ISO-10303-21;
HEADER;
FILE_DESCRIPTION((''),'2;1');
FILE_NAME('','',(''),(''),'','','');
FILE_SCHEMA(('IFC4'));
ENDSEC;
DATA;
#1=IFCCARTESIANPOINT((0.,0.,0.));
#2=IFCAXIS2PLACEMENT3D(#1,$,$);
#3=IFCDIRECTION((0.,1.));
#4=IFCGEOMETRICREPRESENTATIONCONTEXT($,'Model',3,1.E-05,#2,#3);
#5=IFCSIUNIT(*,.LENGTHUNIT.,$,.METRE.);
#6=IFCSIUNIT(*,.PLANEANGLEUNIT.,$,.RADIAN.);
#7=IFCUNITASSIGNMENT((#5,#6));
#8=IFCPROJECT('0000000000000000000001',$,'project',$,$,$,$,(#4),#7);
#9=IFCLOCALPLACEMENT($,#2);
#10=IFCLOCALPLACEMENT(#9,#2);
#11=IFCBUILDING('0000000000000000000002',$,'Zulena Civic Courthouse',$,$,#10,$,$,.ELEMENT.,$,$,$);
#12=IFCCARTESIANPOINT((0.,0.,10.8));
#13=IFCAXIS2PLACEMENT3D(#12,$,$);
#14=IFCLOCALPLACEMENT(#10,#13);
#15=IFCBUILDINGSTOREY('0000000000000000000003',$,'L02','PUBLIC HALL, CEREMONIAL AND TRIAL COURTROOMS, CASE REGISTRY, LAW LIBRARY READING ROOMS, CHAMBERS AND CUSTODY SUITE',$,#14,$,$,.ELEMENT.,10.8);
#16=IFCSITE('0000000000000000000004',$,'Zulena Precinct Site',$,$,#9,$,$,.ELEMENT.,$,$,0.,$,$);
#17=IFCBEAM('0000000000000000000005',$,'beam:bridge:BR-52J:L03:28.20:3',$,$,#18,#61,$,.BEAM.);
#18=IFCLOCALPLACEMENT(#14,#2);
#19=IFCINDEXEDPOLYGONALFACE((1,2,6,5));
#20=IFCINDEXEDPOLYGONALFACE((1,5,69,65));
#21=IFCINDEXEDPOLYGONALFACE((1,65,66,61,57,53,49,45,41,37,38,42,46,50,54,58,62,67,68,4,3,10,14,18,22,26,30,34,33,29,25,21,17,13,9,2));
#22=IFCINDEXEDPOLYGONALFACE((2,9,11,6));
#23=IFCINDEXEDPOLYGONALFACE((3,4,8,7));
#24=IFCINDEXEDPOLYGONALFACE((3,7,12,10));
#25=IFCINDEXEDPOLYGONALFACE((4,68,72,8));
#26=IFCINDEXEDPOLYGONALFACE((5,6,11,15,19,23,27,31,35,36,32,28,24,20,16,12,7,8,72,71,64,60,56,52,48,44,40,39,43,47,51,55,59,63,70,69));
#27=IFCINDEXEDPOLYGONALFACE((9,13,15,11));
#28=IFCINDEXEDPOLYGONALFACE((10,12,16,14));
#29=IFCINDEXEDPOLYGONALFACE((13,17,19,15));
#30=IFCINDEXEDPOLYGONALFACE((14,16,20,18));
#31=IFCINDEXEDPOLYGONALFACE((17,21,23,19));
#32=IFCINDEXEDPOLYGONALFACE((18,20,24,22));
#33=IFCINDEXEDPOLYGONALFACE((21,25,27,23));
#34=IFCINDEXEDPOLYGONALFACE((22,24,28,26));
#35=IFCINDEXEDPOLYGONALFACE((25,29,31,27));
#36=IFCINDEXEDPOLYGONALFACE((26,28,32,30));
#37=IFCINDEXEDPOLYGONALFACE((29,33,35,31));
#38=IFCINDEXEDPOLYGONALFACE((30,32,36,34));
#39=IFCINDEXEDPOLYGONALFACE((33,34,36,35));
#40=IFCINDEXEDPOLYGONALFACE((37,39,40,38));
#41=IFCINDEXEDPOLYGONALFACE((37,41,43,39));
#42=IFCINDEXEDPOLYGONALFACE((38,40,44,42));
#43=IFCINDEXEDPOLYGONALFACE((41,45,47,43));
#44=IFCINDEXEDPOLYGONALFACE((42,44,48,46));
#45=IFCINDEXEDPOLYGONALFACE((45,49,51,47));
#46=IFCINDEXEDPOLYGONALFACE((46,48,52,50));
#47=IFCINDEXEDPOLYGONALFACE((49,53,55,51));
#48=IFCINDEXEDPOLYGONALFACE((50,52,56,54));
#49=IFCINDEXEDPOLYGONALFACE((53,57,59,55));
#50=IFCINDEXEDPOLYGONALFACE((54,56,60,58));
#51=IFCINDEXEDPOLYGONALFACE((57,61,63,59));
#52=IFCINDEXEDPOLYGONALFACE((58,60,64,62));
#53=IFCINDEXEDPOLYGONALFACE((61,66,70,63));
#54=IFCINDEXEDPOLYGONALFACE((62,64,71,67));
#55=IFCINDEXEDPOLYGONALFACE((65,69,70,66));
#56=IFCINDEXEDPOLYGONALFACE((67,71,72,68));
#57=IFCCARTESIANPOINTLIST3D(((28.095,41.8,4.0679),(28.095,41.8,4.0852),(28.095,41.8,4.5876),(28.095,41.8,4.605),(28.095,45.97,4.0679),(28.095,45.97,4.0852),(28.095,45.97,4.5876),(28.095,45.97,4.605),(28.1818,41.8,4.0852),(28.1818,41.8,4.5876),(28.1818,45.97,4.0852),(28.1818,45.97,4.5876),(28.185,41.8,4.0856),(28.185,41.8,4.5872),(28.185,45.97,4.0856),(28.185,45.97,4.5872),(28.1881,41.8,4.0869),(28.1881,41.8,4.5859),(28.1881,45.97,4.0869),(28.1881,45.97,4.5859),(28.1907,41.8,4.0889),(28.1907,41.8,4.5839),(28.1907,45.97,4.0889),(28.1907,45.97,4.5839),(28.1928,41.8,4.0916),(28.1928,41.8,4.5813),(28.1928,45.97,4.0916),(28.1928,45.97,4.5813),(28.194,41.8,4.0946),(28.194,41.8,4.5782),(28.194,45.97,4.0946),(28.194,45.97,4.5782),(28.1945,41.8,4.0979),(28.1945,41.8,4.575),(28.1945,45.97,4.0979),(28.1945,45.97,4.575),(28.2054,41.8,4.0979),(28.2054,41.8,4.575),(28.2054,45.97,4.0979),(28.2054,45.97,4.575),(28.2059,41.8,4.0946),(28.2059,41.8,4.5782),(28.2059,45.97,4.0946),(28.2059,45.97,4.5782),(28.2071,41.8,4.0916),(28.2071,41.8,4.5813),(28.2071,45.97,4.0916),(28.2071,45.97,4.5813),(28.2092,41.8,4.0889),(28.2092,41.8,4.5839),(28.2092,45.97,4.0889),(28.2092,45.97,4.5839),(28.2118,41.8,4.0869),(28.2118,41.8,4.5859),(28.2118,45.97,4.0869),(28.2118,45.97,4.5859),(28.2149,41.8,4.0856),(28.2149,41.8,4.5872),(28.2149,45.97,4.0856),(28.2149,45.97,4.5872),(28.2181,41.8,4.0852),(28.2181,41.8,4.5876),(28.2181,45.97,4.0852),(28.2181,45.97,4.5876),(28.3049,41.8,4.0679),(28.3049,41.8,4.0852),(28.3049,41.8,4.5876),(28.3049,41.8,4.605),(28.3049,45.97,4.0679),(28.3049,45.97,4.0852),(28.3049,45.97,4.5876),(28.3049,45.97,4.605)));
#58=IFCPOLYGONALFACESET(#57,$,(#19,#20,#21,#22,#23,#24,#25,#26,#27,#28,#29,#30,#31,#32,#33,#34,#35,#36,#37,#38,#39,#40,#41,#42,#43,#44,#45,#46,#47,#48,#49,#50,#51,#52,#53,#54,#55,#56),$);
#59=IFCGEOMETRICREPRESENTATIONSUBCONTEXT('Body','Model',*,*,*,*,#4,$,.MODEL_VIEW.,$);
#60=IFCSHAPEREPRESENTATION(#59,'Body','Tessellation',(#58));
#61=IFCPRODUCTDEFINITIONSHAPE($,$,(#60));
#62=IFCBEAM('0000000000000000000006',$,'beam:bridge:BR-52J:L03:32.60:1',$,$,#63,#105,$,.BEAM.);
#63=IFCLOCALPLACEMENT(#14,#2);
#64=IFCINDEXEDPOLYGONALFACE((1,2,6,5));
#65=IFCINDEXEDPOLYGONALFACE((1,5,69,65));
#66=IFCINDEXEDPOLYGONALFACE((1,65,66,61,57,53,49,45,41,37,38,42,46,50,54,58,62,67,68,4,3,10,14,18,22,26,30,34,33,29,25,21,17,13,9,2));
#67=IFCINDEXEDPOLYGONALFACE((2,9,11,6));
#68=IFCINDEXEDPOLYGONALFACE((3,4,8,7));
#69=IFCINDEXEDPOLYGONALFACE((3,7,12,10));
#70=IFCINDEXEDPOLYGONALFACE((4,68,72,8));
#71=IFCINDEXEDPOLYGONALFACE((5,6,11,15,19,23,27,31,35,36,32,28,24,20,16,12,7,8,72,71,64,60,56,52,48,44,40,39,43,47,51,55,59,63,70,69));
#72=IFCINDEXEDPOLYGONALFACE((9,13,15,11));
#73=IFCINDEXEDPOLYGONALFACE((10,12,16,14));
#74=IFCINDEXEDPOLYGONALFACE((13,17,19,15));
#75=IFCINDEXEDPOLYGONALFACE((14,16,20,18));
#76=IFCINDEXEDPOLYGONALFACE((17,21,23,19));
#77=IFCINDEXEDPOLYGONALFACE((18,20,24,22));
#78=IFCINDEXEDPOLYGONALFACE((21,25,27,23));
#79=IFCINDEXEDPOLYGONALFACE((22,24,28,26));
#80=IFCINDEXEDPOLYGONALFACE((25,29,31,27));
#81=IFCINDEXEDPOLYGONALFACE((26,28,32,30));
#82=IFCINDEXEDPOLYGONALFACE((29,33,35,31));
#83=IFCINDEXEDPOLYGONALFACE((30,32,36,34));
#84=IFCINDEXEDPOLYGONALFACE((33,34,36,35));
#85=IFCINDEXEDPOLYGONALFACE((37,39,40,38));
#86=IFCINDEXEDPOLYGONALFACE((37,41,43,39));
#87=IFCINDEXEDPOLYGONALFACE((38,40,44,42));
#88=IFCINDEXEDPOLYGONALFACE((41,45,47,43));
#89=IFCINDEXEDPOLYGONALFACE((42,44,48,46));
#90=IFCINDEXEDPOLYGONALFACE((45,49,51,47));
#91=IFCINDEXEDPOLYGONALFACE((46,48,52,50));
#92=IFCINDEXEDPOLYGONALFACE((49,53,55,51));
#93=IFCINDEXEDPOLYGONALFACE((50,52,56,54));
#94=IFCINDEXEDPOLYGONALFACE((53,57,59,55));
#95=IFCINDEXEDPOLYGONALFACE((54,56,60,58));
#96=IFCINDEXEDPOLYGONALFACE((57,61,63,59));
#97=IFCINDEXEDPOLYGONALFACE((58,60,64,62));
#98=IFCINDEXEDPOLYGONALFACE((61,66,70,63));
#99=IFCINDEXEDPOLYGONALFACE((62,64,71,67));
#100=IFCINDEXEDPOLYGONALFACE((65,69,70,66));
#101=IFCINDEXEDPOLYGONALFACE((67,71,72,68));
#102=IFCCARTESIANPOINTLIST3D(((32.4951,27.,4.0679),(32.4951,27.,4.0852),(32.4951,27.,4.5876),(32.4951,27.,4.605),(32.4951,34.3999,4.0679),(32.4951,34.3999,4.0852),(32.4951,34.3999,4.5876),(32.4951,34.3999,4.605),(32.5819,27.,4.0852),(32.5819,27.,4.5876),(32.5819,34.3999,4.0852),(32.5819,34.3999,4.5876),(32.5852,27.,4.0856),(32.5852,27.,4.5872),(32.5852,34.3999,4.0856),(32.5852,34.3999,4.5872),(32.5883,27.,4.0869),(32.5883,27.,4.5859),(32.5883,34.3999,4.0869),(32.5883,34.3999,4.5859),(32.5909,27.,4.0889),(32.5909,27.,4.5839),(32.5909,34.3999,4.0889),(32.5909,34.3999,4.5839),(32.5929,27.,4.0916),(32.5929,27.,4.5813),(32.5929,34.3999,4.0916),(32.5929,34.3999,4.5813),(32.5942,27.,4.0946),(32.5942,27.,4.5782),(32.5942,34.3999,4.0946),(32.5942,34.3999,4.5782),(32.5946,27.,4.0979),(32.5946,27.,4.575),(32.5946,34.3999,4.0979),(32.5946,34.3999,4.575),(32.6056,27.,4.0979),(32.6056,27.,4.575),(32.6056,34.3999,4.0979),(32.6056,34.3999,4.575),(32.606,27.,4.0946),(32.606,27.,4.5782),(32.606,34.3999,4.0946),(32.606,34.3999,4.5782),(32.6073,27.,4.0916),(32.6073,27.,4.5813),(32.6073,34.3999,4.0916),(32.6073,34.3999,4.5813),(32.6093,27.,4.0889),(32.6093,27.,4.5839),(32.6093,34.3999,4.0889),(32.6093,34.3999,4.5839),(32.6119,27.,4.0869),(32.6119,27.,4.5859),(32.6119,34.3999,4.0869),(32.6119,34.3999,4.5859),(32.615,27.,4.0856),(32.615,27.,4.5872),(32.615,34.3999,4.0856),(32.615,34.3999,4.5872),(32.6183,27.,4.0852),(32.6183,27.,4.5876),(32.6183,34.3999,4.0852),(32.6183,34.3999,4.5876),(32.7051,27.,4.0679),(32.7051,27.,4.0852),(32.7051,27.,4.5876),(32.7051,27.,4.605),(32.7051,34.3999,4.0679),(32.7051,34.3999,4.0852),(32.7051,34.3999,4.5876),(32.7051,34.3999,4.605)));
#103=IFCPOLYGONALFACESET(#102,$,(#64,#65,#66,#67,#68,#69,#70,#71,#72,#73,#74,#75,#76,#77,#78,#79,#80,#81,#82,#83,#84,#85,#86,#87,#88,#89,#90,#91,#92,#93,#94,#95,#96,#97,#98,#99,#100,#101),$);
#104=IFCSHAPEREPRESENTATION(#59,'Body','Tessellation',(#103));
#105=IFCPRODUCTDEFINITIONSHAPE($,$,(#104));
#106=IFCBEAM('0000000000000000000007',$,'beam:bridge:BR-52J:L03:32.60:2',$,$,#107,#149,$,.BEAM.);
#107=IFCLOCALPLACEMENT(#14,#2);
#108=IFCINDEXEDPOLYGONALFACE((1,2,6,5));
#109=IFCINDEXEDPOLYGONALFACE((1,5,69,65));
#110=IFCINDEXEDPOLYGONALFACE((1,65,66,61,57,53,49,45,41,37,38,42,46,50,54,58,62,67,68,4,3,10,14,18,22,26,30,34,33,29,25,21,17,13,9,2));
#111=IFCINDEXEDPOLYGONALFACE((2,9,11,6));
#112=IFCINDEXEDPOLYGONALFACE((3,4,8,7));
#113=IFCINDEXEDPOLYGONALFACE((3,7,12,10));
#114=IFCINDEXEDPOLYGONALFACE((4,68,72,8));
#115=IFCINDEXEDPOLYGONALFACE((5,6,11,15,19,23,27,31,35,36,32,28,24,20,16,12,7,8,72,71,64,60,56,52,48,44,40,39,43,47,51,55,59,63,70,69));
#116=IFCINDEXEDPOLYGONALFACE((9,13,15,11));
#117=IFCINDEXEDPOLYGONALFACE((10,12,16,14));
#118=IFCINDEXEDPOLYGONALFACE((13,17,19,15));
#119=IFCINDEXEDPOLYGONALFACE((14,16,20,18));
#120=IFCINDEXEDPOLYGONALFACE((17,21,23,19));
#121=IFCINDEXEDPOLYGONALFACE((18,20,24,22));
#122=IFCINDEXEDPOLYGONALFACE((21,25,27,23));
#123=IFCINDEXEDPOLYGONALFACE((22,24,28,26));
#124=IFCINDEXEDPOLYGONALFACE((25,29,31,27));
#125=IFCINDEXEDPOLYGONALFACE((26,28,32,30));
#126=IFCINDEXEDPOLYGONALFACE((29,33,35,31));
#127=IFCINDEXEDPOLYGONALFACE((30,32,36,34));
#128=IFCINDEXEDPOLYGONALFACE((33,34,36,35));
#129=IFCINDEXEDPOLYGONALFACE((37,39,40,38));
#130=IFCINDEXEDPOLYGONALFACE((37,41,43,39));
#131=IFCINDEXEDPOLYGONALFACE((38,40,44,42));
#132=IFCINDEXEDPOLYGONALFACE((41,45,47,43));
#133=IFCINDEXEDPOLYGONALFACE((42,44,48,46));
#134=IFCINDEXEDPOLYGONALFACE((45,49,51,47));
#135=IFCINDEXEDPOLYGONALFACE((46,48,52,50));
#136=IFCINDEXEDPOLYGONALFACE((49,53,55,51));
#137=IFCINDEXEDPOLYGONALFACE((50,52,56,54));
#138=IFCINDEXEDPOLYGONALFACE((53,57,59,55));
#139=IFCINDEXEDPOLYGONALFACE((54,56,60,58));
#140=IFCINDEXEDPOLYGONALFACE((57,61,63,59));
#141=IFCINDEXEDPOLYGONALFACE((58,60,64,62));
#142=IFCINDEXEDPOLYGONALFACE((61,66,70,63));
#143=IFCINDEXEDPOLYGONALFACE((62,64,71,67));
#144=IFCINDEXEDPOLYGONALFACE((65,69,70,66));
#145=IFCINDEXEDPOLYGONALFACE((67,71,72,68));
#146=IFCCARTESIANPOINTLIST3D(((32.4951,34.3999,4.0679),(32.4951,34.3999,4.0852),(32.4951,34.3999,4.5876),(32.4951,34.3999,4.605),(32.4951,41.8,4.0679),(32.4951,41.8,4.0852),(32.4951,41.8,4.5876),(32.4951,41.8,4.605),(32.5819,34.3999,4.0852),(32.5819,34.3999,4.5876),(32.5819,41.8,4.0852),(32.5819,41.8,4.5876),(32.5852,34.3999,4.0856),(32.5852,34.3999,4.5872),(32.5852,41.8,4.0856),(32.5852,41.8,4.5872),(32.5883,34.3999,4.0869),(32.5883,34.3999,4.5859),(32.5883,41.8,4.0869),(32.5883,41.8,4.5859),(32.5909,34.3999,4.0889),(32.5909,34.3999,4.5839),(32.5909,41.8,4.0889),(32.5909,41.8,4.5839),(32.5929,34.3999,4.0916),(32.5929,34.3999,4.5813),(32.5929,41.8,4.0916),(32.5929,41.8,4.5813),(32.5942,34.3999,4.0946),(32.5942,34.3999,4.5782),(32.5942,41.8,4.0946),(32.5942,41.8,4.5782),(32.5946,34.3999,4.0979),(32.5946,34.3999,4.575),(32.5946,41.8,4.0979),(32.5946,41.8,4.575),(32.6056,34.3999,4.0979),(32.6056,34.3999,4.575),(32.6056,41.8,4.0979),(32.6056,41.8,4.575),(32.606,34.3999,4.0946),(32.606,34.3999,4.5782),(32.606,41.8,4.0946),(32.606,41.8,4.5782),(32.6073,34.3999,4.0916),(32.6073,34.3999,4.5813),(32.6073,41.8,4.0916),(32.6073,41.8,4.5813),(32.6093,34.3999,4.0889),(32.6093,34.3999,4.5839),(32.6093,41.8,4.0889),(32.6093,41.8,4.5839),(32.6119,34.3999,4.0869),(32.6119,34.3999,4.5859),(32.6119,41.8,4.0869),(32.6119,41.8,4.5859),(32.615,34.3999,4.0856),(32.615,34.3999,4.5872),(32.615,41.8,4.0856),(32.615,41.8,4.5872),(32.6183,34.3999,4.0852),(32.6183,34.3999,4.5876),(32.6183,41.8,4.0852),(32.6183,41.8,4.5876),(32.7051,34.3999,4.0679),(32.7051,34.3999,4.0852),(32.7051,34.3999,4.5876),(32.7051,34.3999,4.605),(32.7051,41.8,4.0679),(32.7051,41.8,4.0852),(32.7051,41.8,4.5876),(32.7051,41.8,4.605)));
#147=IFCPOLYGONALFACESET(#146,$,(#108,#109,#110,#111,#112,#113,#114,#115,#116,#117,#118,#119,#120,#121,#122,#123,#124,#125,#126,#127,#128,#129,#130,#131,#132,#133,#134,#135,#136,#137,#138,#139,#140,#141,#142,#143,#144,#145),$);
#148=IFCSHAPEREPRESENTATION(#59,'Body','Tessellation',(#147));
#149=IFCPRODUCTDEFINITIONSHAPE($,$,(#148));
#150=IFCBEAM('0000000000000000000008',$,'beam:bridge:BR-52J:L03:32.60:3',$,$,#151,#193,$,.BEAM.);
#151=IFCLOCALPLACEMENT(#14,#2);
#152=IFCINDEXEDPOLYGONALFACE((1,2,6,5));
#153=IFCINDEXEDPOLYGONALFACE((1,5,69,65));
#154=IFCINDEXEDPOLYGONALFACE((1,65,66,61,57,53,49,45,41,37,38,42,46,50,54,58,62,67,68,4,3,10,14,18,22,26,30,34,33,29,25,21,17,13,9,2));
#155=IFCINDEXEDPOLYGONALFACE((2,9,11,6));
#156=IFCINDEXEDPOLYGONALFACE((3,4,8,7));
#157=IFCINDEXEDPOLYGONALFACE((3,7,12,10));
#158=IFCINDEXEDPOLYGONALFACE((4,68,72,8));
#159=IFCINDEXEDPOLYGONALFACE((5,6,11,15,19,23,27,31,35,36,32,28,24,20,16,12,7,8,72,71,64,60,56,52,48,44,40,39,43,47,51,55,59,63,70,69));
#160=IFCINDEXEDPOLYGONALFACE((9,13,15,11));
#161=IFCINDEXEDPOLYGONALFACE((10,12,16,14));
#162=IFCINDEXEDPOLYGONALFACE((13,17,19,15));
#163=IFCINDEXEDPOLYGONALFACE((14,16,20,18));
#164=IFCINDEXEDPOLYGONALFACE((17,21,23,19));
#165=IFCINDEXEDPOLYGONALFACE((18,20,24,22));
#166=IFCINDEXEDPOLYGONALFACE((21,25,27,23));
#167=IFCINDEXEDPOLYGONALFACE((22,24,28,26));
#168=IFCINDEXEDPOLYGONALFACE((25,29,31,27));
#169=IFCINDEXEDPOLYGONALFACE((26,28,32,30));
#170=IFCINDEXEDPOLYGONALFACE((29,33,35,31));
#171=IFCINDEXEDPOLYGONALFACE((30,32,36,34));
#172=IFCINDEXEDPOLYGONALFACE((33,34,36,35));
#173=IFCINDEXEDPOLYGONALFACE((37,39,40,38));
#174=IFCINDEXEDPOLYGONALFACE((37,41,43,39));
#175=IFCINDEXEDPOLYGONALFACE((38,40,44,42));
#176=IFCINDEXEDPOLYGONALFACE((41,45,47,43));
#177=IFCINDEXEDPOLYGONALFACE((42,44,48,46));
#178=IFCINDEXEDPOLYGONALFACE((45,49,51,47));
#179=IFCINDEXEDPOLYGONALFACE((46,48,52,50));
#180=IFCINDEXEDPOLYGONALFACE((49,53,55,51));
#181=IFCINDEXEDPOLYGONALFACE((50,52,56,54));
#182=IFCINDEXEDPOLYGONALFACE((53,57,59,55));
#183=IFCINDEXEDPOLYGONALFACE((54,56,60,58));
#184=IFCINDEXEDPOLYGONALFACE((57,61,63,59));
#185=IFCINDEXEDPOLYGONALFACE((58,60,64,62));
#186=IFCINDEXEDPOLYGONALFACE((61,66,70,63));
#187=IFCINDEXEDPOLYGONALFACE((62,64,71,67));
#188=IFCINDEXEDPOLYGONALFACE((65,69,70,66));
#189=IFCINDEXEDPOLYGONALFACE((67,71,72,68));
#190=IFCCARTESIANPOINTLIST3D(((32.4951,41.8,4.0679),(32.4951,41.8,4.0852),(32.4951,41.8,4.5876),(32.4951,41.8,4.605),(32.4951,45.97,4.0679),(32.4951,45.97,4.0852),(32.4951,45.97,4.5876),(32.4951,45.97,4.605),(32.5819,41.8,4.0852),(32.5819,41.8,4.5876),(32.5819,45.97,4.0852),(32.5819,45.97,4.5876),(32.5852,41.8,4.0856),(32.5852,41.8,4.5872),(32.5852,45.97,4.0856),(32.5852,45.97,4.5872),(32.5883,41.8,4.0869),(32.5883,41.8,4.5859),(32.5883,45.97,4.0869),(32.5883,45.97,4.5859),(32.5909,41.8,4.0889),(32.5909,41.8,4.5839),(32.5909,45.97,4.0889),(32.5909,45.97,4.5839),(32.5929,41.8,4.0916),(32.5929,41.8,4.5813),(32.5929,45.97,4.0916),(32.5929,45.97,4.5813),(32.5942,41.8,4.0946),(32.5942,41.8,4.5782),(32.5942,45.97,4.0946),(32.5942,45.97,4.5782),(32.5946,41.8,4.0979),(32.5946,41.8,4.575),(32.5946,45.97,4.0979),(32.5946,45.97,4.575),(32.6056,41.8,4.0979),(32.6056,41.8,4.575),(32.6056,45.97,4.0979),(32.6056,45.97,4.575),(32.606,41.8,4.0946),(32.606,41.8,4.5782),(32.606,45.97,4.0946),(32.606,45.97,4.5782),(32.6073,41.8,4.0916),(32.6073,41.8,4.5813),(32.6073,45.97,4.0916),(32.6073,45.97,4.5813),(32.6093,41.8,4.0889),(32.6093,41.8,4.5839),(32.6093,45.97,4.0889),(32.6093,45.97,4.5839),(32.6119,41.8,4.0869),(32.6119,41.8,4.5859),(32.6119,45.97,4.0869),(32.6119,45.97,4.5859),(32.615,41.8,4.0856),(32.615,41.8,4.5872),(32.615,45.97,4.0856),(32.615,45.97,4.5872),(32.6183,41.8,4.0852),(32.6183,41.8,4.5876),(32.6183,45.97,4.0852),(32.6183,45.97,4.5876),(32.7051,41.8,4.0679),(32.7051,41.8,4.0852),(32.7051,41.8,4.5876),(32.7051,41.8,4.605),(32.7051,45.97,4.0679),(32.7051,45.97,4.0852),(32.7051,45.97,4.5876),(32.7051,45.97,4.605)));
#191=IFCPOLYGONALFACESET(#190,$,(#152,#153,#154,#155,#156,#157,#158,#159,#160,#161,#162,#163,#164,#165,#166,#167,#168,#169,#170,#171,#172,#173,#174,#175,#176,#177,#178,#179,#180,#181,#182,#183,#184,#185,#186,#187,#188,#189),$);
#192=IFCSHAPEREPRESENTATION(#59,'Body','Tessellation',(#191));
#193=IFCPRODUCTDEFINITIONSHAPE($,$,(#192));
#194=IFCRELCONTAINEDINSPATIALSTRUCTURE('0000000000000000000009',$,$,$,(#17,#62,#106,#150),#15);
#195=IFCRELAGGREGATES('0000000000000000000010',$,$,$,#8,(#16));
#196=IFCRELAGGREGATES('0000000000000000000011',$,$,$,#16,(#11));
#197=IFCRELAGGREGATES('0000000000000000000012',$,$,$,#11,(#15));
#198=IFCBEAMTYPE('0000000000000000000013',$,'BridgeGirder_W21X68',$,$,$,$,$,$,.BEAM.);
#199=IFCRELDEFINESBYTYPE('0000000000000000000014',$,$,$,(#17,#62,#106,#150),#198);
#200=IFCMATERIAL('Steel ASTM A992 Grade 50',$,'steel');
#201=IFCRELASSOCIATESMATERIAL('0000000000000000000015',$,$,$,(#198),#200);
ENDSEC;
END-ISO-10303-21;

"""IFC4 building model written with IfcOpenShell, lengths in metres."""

from ifc_helpers import new_model, si_unit, direction, frame, origin, origin_2d, place, context, subcontext, project, spatial, i_section, extrude, material, material_profile, profile_set, type_object, element, save


model = new_model("IFC4")

# Units and contexts
model_context = context("Model", 3, precision=1e-05, world=origin(), true_north=direction((0.0, 1.0)))
body_context = subcontext(model_context, "Body", "Model", "MODEL_VIEW")
ifc_project = project(units=[si_unit("LENGTHUNIT", "METRE"), si_unit("PLANEANGLEUNIT", "RADIAN")], contexts=[model_context])

# Site, building, storey
site_placement = place(None, origin())
site = spatial("IfcSite", under=ifc_project, at=site_placement, Name="Zulena Precinct Site", CompositionType="ELEMENT", RefElevation=0.0)
building_placement = place(site_placement, origin())
building = spatial("IfcBuilding", under=site, at=building_placement, Name="Zulena Civic Courthouse", CompositionType="ELEMENT")
storey_placement = place(building_placement, frame((0.0, 0.0, 10.8)))
storey = spatial("IfcBuildingStorey", under=building, at=storey_placement, Name="L02", Description="PUBLIC HALL, CEREMONIAL AND TRIAL COURTROOMS, CASE REGISTRY, LAW LIBRARY READING ROOMS, CHAMBERS AND CUSTODY SUITE", CompositionType="ELEMENT", Elevation=10.8)

# Shared definitions
ifc_material_1 = material(Name="Steel ASTM A992 Grade 50", Category="steel")

# Beams
ifc_material_profile_1 = material_profile(ifc_material_1, i_section(OverallWidth=0.21, OverallDepth=0.5371, WebThickness=0.011, FlangeThickness=0.0173, FilletRadius=0.0127, at=origin_2d()), Name="W21X68")
ifc_profile_set_1 = profile_set([ifc_material_profile_1], Name="Steel ASTM A992 Grade 50")
beam_type_1 = type_object("IfcBeamType", Name="BridgeGirder_W21X68", PredefinedType="BEAM", material=ifc_profile_set_1)
beam_1_placement = place(storey_placement, frame((28.2, 41.8, 4.3364), z_axis=(0.0, 1.0, 0.0), x_axis=(-1.0, 0.0, 0.0)))
element("IfcBeam", 1, at=beam_1_placement, inside=storey, type_object=beam_type_1, Name="beam:bridge:BR-52J:L03:28.20:3", PredefinedType="BEAM", context=body_context, shape_type="SweptSolid", body=[
    extrude(i_section(OverallWidth=0.21, OverallDepth=0.5371, WebThickness=0.011, FlangeThickness=0.0173, FilletRadius=0.0127, at=origin_2d()), origin(), (0.0, 0.0, 1.0), 4.1699),
])
beam_2_placement = place(storey_placement, frame((32.6001, 27.0, 4.3364), z_axis=(0.0, 1.0, 0.0), x_axis=(-1.0, 0.0, 0.0)))
element("IfcBeam", 2, at=beam_2_placement, inside=storey, type_object=beam_type_1, Name="beam:bridge:BR-52J:L03:32.60:1", PredefinedType="BEAM", context=body_context, shape_type="SweptSolid", body=[
    extrude(i_section(OverallWidth=0.21, OverallDepth=0.5371, WebThickness=0.011, FlangeThickness=0.0173, FilletRadius=0.0127, at=origin_2d()), origin(), (0.0, 0.0, 1.0), 7.3999),
])
beam_3_placement = place(storey_placement, frame((32.6001, 34.3999, 4.3364), z_axis=(0.0, 1.0, 0.0), x_axis=(-1.0, 0.0, 0.0)))
element("IfcBeam", 3, at=beam_3_placement, inside=storey, type_object=beam_type_1, Name="beam:bridge:BR-52J:L03:32.60:2", PredefinedType="BEAM", context=body_context, shape_type="SweptSolid", body=[
    extrude(i_section(OverallWidth=0.21, OverallDepth=0.5371, WebThickness=0.011, FlangeThickness=0.0173, FilletRadius=0.0127, at=origin_2d()), origin(), (0.0, 0.0, 1.0), 7.4001),
])
beam_4_placement = place(storey_placement, frame((32.6001, 41.8, 4.3364), z_axis=(0.0, 1.0, 0.0), x_axis=(-1.0, 0.0, 0.0)))
element("IfcBeam", 4, at=beam_4_placement, inside=storey, type_object=beam_type_1, Name="beam:bridge:BR-52J:L03:32.60:3", PredefinedType="BEAM", context=body_context, shape_type="SweptSolid", body=[
    extrude(i_section(OverallWidth=0.21, OverallDepth=0.5371, WebThickness=0.011, FlangeThickness=0.0173, FilletRadius=0.0127, at=origin_2d()), origin(), (0.0, 0.0, 1.0), 4.1699),
])

save(model, "model.ifc")
